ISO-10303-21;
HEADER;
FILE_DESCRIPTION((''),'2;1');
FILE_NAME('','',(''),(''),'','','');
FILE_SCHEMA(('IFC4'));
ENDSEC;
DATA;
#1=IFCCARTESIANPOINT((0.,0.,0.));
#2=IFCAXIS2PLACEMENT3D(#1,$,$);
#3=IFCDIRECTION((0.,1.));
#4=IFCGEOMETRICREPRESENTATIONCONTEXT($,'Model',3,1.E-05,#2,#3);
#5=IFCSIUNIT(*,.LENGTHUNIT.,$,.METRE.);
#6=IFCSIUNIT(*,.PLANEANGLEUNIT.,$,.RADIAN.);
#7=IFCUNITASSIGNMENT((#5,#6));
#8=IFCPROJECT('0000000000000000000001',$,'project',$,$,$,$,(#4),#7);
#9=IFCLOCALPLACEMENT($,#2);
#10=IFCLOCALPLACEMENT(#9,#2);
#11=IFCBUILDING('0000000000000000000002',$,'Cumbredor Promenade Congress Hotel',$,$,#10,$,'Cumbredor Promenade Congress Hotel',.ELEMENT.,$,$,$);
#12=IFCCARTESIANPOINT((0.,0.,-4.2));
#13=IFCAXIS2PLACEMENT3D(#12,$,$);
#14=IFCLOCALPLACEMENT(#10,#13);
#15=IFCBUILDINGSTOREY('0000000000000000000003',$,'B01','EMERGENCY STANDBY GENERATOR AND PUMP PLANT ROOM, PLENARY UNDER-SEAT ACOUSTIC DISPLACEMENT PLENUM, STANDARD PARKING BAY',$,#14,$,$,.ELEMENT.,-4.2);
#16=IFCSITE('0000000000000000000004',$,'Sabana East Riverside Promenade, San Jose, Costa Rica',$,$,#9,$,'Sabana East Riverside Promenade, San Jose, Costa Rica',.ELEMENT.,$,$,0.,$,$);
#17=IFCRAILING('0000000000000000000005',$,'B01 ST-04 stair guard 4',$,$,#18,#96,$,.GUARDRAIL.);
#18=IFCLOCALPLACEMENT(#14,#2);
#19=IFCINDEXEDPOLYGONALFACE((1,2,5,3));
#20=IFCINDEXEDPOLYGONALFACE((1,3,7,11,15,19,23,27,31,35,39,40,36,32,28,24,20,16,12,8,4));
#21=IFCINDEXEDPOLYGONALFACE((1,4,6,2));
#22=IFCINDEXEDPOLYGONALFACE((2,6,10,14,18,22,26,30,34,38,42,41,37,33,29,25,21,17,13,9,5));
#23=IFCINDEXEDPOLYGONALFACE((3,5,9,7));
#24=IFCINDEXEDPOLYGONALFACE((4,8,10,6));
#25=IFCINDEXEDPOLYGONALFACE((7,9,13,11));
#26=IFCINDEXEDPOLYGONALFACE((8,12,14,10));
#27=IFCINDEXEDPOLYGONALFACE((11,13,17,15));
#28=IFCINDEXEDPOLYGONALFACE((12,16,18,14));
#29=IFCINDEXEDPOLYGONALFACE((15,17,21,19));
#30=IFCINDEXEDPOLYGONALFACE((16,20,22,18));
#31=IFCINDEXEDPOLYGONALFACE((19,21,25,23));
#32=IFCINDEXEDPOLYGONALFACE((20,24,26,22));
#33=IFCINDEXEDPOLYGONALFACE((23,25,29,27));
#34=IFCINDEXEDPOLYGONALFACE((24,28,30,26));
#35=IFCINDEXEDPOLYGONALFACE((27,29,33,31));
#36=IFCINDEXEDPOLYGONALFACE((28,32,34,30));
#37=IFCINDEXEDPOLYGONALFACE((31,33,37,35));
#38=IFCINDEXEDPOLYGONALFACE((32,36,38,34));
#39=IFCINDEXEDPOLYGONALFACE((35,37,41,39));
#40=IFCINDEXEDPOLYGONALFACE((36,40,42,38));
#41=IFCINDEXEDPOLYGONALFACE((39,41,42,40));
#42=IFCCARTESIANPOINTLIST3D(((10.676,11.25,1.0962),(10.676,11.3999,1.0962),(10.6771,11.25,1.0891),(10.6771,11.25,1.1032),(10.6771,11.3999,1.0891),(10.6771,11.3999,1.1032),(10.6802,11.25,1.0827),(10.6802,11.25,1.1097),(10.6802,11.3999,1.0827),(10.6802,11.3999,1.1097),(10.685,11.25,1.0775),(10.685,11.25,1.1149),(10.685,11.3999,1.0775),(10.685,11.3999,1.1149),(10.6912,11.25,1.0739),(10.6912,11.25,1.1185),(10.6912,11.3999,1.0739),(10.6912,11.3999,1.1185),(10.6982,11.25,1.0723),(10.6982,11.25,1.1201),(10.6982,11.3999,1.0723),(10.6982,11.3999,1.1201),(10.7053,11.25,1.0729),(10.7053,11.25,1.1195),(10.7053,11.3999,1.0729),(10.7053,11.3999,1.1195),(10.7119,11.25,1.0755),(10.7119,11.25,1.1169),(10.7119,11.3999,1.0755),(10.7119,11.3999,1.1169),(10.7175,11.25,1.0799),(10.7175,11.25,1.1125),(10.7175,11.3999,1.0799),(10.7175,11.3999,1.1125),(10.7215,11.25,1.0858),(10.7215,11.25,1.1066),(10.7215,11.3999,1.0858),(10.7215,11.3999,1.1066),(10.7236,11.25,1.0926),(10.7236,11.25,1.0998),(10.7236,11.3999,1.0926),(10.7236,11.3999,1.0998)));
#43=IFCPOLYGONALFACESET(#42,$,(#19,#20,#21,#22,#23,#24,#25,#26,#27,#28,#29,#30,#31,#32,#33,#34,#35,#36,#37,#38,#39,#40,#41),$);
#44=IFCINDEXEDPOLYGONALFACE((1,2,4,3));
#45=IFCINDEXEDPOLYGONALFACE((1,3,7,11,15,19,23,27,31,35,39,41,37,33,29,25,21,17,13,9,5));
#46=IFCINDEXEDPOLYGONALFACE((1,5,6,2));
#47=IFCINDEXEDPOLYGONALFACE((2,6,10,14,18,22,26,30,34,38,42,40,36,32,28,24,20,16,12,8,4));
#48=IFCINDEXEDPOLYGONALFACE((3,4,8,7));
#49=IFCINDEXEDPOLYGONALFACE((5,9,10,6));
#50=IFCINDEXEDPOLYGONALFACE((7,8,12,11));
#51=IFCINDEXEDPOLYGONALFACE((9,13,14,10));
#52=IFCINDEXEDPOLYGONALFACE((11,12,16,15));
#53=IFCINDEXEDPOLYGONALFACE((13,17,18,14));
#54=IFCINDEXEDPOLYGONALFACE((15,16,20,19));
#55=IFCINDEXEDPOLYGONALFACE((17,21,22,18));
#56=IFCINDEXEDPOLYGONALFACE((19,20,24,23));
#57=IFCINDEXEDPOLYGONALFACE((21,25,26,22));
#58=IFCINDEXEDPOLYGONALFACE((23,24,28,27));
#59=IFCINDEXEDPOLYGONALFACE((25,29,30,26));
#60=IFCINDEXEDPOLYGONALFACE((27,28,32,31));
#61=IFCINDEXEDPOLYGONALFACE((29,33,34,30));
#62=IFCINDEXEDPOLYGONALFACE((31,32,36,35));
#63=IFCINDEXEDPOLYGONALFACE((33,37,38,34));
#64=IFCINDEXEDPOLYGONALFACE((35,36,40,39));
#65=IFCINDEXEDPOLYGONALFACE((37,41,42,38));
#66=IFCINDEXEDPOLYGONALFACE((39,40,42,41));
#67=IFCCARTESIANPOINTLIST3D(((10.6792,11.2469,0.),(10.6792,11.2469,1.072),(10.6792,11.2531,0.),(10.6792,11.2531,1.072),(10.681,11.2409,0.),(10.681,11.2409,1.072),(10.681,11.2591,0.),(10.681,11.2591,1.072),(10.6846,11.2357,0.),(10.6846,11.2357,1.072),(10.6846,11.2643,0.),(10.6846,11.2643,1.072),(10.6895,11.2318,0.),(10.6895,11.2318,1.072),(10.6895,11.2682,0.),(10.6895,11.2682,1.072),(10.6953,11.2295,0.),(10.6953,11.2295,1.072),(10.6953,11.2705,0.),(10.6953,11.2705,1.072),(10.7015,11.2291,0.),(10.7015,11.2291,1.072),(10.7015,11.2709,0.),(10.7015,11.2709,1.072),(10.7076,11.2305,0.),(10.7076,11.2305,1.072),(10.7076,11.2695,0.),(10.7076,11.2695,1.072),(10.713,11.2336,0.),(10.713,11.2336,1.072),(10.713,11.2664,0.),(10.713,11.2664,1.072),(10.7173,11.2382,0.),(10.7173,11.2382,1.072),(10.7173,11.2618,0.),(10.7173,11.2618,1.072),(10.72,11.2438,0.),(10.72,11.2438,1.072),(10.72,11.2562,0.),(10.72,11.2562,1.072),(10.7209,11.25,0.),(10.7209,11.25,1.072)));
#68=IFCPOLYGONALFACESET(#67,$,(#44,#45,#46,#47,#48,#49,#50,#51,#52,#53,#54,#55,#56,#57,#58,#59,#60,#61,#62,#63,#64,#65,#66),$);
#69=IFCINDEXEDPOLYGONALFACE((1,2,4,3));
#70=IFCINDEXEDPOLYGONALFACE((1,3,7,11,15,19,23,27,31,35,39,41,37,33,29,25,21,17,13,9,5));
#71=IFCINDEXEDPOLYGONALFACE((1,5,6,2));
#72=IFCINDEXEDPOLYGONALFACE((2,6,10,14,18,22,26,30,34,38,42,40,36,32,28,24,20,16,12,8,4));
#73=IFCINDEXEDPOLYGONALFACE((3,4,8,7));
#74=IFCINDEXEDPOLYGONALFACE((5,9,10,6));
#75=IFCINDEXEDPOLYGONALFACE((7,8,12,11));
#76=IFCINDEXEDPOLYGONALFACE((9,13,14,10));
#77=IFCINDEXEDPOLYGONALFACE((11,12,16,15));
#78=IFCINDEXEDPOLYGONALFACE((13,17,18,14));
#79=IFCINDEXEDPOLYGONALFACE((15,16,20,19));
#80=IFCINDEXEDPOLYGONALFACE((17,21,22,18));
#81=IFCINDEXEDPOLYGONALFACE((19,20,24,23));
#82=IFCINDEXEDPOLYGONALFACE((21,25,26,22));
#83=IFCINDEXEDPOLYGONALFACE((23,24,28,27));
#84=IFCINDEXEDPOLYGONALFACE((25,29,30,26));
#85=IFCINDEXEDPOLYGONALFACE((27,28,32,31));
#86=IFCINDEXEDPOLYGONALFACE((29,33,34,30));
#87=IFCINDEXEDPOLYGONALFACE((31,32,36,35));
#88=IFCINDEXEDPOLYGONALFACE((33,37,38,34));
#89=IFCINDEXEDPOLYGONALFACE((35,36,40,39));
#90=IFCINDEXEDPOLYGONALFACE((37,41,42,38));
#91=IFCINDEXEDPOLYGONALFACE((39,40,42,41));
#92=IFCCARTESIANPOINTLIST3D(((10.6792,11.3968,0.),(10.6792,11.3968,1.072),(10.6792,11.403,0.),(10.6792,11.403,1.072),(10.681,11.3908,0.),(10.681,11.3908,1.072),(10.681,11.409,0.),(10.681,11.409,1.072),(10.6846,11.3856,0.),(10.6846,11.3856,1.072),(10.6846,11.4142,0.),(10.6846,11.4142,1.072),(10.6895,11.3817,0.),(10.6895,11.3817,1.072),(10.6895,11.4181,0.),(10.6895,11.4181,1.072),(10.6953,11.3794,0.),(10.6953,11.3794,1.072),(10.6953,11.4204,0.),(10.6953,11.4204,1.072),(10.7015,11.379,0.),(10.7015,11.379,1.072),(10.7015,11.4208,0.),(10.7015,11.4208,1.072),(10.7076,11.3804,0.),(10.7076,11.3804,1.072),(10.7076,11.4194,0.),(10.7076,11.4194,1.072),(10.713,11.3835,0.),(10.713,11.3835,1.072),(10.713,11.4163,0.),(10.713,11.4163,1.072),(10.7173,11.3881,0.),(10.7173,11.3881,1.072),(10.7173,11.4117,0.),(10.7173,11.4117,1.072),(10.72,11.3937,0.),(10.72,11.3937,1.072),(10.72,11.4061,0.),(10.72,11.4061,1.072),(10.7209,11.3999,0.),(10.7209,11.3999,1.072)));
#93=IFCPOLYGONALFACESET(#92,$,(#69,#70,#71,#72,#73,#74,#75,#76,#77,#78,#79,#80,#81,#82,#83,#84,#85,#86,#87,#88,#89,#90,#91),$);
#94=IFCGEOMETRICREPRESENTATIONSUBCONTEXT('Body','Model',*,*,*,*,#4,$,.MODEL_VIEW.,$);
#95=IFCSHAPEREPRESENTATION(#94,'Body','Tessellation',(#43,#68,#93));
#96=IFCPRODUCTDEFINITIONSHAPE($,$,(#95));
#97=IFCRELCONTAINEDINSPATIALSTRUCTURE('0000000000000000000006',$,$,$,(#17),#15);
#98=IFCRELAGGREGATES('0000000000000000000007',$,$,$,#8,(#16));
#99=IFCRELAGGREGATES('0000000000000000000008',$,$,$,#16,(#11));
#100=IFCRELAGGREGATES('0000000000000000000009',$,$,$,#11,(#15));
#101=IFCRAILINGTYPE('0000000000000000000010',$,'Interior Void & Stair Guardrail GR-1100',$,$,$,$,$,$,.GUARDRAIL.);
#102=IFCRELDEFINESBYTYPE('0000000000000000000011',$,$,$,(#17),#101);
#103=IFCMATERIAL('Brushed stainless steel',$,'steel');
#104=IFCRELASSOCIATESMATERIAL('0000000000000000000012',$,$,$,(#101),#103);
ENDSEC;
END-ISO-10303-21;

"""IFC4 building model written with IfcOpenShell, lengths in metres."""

from ifc_helpers import new_model, si_unit, direction, frame, origin, origin_2d, place, context, subcontext, project, spatial, circle, extrude, material, type_object, element, save


model = new_model("IFC4")

# Units and contexts
model_context = context("Model", 3, precision=1e-05, world=origin(), true_north=direction((0.0, 1.0)))
body_context = subcontext(model_context, "Body", "Model", "MODEL_VIEW")
ifc_project = project(units=[si_unit("LENGTHUNIT", "METRE"), si_unit("PLANEANGLEUNIT", "RADIAN")], contexts=[model_context])

# Site, building, storey
site_placement = place(None, origin())
site = spatial("IfcSite", under=ifc_project, at=site_placement, Name="Sabana East Riverside Promenade, San Jose, Costa Rica", LongName="Sabana East Riverside Promenade, San Jose, Costa Rica", CompositionType="ELEMENT", RefElevation=0.0)
building_placement = place(site_placement, origin())
building = spatial("IfcBuilding", under=site, at=building_placement, Name="Cumbredor Promenade Congress Hotel", LongName="Cumbredor Promenade Congress Hotel", CompositionType="ELEMENT")
storey_placement = place(building_placement, frame((0.0, 0.0, -4.2)))
storey = spatial("IfcBuildingStorey", under=building, at=storey_placement, Name="B01", Description="EMERGENCY STANDBY GENERATOR AND PUMP PLANT ROOM, PLENARY UNDER-SEAT ACOUSTIC DISPLACEMENT PLENUM, STANDARD PARKING BAY", CompositionType="ELEMENT", Elevation=-4.2)

# Railing
ifc_material_1 = material(Name="Brushed stainless steel", Category="steel")
railing_type_1 = type_object("IfcRailingType", Name="Interior Void & Stair Guardrail GR-1100", PredefinedType="GUARDRAIL", material=ifc_material_1)
railing_1_placement = place(storey_placement, frame((10.7, 11.25, 0.0)))
element("IfcRailing", 1, at=railing_1_placement, inside=storey, type_object=railing_type_1, Name="B01 ST-04 stair guard 4", PredefinedType="GUARDRAIL", context=body_context, shape_type="SweptSolid", body=[
    extrude(circle(Radius=0.0239, at=origin_2d()), frame((0.0, 0.0, 1.0962), z_axis=(0.0, 1.0, 0.0), x_axis=(-1.0, 0.0, 0.0)), (0.0, 0.0, 1.0), 0.1499),
    extrude(circle(Radius=0.021, at=origin_2d()), origin(), (0.0, 0.0, 1.0), 1.072),
    extrude(circle(Radius=0.021, at=origin_2d()), frame((0.0, 0.1499, 0.0)), (0.0, 0.0, 1.0), 1.072),
])

save(model, "model.ifc")
